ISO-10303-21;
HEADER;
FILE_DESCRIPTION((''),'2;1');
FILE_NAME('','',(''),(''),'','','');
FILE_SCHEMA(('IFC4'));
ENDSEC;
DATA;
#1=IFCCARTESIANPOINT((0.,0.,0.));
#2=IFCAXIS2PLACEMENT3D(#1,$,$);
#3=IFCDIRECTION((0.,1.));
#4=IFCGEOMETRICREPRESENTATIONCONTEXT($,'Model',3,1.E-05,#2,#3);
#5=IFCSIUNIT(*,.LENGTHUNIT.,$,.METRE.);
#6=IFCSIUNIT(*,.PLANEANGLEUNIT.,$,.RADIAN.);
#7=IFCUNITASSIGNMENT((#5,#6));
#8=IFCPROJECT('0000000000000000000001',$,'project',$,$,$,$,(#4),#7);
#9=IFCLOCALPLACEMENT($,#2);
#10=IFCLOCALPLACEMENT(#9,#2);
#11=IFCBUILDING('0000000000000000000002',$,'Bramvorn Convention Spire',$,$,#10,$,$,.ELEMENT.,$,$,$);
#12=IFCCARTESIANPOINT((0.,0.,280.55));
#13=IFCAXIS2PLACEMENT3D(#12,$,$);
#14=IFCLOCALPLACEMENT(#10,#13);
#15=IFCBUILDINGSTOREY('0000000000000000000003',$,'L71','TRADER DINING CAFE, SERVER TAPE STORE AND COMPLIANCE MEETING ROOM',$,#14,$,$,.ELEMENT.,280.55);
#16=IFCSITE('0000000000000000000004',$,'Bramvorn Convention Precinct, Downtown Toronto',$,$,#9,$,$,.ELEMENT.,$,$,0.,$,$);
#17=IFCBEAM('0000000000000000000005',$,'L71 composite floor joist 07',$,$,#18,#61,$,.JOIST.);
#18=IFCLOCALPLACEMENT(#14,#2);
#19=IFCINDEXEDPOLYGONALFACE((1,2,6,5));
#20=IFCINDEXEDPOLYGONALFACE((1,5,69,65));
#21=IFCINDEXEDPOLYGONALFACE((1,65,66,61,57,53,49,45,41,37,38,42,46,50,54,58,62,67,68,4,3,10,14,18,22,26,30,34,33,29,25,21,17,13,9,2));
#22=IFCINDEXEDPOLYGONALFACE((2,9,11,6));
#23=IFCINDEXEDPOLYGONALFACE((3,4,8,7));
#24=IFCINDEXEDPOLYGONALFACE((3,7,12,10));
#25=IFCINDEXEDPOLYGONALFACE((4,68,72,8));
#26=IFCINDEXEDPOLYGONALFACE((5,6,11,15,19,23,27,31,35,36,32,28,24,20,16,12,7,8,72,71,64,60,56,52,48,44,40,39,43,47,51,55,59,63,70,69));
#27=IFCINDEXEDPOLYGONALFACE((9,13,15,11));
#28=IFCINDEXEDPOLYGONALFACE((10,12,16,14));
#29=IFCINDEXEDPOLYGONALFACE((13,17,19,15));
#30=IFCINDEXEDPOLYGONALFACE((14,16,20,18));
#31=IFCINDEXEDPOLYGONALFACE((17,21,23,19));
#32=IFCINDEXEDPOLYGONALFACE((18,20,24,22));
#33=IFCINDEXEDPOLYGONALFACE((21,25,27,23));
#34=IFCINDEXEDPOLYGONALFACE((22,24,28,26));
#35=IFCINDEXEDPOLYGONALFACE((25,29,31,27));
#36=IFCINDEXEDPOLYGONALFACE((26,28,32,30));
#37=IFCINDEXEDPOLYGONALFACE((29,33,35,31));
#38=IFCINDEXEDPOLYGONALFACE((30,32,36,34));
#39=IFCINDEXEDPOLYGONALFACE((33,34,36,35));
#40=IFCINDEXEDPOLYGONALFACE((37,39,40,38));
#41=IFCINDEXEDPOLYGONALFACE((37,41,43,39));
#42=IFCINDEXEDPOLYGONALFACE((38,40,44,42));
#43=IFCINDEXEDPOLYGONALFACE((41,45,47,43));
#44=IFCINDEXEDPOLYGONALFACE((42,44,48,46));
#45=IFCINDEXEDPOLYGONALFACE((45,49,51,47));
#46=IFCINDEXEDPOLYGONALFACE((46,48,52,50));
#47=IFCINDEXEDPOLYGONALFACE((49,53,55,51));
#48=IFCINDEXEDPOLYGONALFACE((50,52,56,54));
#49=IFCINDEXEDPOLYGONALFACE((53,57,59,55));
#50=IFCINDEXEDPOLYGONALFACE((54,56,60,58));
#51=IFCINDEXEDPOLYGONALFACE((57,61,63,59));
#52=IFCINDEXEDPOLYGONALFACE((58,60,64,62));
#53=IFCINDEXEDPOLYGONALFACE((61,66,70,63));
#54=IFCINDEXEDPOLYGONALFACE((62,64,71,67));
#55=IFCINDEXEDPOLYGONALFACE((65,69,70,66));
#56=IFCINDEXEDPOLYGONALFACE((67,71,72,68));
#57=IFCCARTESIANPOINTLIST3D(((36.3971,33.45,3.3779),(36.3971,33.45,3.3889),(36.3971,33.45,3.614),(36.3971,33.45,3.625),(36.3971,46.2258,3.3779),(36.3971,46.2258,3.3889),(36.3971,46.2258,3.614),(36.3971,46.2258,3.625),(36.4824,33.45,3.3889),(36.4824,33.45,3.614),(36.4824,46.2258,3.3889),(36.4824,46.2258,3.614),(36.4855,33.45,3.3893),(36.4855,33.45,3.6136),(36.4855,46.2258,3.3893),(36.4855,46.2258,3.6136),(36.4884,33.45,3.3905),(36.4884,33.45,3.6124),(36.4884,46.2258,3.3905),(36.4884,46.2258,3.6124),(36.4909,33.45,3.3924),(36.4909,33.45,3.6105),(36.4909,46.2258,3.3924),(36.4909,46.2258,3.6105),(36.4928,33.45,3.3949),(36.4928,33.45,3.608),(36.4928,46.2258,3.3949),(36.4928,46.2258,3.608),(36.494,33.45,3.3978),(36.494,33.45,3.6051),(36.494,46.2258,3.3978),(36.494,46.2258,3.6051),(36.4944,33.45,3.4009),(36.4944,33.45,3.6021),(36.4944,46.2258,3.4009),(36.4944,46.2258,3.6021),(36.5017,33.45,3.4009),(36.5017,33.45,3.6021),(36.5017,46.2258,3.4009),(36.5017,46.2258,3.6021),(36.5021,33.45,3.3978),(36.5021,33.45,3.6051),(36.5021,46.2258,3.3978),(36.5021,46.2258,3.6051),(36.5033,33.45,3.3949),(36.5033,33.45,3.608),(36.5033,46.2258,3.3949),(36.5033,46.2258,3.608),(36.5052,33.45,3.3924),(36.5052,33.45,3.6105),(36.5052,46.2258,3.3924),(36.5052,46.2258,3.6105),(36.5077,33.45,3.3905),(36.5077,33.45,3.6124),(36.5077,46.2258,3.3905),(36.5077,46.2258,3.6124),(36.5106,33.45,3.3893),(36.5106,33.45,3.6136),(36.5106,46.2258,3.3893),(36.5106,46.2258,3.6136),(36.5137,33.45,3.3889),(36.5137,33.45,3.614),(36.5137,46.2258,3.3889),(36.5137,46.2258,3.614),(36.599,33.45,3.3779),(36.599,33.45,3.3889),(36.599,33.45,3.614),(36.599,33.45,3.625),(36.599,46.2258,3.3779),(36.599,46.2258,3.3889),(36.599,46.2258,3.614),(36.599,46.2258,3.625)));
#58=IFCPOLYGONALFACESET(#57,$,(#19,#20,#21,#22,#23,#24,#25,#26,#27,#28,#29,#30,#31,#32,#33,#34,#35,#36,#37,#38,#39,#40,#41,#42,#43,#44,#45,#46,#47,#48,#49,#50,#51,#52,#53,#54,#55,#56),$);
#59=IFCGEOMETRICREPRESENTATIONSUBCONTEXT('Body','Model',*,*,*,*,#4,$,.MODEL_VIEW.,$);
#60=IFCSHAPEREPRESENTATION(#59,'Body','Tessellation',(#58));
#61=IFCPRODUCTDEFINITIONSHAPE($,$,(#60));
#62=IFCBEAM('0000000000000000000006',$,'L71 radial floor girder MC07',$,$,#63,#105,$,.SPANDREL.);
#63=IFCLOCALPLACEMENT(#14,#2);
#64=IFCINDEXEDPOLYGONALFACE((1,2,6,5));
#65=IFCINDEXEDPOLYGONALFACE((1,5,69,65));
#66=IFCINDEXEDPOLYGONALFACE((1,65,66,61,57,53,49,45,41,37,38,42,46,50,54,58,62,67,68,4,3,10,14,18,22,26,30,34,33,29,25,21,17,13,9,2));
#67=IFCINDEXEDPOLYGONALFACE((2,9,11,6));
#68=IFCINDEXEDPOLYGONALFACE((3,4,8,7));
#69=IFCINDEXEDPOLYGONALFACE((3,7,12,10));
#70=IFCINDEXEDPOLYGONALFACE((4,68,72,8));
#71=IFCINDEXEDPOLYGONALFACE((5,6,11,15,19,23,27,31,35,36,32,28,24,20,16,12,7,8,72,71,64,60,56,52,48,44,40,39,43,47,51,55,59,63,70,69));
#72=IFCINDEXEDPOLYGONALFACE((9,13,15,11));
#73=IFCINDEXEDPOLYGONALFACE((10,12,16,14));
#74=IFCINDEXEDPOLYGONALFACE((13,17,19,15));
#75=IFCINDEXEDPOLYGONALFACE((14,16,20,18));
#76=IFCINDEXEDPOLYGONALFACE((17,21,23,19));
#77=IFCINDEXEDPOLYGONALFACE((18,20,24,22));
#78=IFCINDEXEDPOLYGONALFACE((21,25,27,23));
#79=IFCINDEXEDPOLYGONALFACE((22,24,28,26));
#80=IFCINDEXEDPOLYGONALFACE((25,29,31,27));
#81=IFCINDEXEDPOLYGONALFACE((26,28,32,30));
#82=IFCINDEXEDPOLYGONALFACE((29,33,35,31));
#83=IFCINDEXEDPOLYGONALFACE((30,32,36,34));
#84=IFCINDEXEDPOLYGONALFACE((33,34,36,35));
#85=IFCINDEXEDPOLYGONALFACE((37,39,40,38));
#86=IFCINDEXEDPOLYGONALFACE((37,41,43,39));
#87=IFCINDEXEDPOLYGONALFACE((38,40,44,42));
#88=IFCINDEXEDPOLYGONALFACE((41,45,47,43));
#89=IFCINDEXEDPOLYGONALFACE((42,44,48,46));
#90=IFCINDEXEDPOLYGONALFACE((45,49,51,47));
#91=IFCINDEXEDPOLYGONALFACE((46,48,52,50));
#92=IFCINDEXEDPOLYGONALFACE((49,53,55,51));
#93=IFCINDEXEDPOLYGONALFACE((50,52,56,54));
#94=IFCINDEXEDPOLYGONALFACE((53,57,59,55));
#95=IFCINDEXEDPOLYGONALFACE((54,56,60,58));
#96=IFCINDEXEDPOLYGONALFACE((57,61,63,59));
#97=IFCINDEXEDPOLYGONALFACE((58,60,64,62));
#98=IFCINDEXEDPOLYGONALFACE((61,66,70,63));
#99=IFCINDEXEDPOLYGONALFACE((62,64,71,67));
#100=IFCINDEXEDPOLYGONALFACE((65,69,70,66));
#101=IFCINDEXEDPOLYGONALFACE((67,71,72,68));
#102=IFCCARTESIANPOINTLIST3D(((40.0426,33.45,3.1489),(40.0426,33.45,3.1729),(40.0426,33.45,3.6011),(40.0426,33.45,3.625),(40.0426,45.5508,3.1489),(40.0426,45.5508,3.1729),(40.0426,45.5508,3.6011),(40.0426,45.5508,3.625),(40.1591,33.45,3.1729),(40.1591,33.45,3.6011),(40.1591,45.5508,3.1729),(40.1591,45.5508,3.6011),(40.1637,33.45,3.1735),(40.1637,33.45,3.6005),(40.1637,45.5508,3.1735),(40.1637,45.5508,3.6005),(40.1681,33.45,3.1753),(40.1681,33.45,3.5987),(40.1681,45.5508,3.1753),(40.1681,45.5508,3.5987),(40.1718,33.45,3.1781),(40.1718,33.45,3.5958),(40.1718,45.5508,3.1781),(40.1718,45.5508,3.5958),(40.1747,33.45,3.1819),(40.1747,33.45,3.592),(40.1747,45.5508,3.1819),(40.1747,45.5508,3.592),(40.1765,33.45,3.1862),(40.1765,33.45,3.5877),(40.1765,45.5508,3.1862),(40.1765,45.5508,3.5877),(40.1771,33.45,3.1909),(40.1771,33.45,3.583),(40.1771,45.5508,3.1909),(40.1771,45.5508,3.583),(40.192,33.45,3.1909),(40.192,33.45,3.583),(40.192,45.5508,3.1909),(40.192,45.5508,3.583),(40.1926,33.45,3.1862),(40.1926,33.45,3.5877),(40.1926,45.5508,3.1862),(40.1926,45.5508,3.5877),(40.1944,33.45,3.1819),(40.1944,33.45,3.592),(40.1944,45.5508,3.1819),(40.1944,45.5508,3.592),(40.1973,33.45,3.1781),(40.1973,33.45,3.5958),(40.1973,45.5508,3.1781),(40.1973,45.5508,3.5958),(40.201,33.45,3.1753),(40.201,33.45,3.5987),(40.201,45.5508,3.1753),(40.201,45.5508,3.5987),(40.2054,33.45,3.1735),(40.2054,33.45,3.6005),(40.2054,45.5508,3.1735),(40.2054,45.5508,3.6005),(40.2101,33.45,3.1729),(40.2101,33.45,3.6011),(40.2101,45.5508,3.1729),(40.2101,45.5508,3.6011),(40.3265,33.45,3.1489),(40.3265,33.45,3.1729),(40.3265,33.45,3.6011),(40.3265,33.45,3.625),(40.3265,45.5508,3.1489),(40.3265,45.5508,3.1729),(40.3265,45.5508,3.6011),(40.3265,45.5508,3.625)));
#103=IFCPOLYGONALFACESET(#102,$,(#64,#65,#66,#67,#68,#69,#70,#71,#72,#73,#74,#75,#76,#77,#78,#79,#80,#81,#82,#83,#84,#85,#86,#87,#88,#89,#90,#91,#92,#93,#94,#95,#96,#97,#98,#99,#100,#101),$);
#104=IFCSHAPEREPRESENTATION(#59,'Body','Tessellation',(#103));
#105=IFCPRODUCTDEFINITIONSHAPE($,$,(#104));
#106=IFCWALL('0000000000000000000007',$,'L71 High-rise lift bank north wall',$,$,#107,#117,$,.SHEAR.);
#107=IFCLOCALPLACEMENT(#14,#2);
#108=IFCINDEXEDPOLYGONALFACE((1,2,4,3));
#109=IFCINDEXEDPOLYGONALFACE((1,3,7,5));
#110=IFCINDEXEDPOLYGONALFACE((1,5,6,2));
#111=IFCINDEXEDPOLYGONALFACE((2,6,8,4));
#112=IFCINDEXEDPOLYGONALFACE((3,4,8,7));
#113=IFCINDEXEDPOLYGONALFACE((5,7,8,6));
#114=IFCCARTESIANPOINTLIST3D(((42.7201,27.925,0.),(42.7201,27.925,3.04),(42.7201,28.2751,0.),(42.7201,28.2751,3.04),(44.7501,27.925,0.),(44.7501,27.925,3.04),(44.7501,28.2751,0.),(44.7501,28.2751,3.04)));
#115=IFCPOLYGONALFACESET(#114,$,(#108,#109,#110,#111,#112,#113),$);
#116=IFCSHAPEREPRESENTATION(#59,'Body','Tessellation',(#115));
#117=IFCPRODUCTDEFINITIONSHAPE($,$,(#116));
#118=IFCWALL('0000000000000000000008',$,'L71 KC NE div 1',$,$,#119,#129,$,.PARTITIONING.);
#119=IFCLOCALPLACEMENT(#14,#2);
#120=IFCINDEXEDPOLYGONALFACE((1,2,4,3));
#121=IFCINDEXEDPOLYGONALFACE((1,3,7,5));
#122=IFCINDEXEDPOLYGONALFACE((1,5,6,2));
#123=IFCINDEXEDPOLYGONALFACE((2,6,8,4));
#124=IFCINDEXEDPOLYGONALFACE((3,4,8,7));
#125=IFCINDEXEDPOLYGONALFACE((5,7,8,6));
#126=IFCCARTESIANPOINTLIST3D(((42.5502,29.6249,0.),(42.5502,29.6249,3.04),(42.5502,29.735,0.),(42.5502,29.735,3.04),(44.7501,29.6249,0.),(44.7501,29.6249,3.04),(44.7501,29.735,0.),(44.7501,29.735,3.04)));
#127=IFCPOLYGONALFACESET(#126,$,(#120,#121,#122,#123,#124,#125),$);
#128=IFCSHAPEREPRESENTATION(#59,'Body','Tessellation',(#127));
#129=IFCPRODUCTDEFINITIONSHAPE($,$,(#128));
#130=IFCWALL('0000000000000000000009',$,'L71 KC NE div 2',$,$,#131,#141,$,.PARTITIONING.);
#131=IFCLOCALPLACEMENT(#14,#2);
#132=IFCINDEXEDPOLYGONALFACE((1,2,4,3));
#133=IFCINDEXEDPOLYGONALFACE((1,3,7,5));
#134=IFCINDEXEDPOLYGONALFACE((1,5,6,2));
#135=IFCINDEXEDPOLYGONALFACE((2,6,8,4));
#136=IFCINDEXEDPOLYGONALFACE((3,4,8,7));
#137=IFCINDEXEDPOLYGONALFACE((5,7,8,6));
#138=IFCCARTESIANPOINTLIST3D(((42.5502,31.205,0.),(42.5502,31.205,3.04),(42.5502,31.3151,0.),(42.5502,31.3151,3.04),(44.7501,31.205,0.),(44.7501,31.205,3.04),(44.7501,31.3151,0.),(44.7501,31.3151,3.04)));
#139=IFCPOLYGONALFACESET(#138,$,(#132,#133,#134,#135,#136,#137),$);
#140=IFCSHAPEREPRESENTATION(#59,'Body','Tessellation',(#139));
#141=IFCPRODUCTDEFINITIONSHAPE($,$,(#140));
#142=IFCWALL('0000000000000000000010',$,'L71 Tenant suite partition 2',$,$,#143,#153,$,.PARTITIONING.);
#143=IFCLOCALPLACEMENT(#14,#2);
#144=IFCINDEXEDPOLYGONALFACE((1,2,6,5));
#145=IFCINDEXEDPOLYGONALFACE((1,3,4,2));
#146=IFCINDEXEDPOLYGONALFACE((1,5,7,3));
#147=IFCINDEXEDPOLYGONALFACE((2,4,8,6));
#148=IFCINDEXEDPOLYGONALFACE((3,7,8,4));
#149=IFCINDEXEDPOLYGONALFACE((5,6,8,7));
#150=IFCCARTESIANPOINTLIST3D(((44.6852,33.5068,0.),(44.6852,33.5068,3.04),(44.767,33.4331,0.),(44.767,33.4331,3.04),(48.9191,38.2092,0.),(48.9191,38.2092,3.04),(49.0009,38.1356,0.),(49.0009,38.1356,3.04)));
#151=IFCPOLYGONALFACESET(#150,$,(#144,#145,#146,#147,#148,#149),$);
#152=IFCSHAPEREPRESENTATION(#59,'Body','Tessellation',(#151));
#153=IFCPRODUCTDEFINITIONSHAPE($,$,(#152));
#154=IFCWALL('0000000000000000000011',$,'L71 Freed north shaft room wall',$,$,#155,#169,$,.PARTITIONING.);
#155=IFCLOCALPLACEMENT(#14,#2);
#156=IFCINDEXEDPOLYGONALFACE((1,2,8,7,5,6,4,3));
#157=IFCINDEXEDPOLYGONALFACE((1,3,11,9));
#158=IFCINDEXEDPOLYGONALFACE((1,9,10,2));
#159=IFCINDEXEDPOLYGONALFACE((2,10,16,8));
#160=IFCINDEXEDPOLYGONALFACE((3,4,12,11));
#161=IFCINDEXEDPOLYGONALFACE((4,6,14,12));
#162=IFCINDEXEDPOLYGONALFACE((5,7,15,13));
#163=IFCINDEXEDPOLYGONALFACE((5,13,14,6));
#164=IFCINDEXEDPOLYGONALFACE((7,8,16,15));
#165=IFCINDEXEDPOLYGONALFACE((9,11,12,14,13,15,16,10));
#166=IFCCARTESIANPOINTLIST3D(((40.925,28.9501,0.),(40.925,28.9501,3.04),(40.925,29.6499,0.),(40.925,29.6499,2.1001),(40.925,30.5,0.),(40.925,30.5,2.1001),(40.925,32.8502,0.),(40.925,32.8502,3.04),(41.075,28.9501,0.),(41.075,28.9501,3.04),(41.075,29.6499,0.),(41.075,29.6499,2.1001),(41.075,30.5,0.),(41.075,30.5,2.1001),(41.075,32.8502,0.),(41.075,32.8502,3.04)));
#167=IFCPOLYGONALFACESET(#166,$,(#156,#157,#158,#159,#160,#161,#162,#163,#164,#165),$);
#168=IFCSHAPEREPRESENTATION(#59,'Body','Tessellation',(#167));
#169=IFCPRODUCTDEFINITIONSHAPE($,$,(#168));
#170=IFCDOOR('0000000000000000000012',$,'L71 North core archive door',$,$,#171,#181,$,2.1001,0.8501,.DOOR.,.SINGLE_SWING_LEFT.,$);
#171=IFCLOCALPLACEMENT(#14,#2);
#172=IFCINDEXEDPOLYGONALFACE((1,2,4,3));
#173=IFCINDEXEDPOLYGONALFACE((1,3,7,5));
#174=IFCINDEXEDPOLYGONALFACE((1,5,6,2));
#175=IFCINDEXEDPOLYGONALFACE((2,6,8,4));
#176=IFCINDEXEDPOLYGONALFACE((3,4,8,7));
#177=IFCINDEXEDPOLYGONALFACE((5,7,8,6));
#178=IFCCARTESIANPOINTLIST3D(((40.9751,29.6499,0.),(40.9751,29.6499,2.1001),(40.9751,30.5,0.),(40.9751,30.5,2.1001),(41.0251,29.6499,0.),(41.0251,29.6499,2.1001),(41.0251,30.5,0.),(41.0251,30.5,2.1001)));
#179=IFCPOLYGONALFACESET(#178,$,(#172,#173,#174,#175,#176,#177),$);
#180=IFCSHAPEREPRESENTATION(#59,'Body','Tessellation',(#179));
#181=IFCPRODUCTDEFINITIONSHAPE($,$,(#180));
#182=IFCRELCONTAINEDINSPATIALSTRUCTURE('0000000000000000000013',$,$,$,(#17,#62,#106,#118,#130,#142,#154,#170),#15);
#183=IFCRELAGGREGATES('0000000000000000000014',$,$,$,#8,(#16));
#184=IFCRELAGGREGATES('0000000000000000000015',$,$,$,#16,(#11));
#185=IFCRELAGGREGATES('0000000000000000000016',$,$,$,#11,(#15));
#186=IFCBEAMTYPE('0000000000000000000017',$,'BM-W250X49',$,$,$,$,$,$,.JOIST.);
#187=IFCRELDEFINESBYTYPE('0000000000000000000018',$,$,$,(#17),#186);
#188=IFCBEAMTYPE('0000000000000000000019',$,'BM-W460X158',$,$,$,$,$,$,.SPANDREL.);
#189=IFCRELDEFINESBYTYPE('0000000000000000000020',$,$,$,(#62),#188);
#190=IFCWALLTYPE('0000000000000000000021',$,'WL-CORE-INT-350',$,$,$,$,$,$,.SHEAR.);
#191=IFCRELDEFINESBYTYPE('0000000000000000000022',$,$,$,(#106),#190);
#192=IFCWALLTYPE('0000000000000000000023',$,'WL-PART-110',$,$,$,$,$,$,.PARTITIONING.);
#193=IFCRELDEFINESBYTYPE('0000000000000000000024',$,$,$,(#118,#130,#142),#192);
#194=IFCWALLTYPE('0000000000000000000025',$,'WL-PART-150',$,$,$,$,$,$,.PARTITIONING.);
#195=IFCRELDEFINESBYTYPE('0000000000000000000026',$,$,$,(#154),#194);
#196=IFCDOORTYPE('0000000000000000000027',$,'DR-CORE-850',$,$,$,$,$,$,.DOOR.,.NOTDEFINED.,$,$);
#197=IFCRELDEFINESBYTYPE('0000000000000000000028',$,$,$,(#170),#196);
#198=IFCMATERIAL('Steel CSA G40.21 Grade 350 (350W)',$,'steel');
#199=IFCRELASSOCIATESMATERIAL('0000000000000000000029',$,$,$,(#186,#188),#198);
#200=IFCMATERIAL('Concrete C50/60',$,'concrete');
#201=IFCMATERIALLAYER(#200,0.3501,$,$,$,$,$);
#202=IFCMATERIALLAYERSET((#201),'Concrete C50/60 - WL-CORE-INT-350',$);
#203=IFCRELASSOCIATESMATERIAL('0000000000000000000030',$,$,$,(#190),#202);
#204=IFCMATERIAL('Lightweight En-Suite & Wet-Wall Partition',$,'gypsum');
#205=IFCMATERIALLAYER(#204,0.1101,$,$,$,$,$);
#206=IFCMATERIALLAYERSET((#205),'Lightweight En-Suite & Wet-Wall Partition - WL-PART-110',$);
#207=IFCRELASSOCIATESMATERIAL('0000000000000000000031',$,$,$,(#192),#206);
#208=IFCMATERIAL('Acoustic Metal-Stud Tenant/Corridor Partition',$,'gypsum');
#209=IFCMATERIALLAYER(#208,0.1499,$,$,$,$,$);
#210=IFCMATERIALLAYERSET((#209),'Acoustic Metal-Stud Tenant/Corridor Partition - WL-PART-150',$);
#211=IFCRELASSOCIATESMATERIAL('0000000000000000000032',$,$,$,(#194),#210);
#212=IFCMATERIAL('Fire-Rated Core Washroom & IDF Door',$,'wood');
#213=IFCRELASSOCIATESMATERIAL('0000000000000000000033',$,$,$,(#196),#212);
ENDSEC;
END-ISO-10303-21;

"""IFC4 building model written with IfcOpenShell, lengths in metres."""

from ifc_helpers import new_model, si_unit, direction, frame, frame_2d, origin, origin_2d, place, context, subcontext, project, spatial, rectangle, i_section, extrude, material, layer, layer_set, material_profile, profile_set, type_object, element, fill, save


model = new_model("IFC4")

# Units and contexts
model_context = context("Model", 3, precision=1e-05, world=origin(), true_north=direction((0.0, 1.0)))
body_context = subcontext(model_context, "Body", "Model", "MODEL_VIEW")
ifc_project = project(units=[si_unit("LENGTHUNIT", "METRE"), si_unit("PLANEANGLEUNIT", "RADIAN")], contexts=[model_context])

# Site, building, storey
site_placement = place(None, origin())
site = spatial("IfcSite", under=ifc_project, at=site_placement, Name="Bramvorn Convention Precinct, Downtown Toronto", CompositionType="ELEMENT", RefElevation=0.0)
building_placement = place(site_placement, origin())
building = spatial("IfcBuilding", under=site, at=building_placement, Name="Bramvorn Convention Spire", CompositionType="ELEMENT")
storey_placement = place(building_placement, frame((0.0, 0.0, 280.55)))
storey = spatial("IfcBuildingStorey", under=building, at=storey_placement, Name="L71", Description="TRADER DINING CAFE, SERVER TAPE STORE AND COMPLIANCE MEETING ROOM", CompositionType="ELEMENT", Elevation=280.55)

# Beams
ifc_material_1 = material(Name="Steel CSA G40.21 Grade 350 (350W)", Category="steel")
ifc_material_profile_1 = material_profile(ifc_material_1, i_section(OverallWidth=0.2019, OverallDepth=0.2471, WebThickness=0.0073, FlangeThickness=0.011, FilletRadius=0.012, at=origin_2d()))
ifc_profile_set_1 = profile_set([ifc_material_profile_1], Name="Steel CSA G40.21 Grade 350 (350W) - W250X49")
beam_type_1 = type_object("IfcBeamType", Name="BM-W250X49", PredefinedType="JOIST", material=ifc_profile_set_1)
beam_1_placement = place(storey_placement, frame((36.498, 33.45, 3.5015), z_axis=(0.0, 1.0, 0.0), x_axis=(-1.0, 0.0, 0.0)))
element("IfcBeam", 1, at=beam_1_placement, inside=storey, type_object=beam_type_1, Name="L71 composite floor joist 07", PredefinedType="JOIST", context=body_context, shape_type="SweptSolid", body=[
    extrude(i_section(OverallWidth=0.2019, OverallDepth=0.2471, WebThickness=0.0073, FlangeThickness=0.011, FilletRadius=0.012, at=origin_2d()), origin(), (0.0, 0.0, 1.0), 12.7759),
])
ifc_material_profile_2 = material_profile(ifc_material_1, i_section(OverallWidth=0.2839, OverallDepth=0.4761, WebThickness=0.0149, FlangeThickness=0.0239, FilletRadius=0.0181, at=origin_2d()))
ifc_profile_set_2 = profile_set([ifc_material_profile_2], Name="Steel CSA G40.21 Grade 350 (350W) - W460X158")
beam_type_2 = type_object("IfcBeamType", Name="BM-W460X158", PredefinedType="SPANDREL", material=ifc_profile_set_2)
beam_2_placement = place(storey_placement, frame((40.1846, 33.45, 3.387), z_axis=(0.0, 1.0, 0.0), x_axis=(-1.0, 0.0, 0.0)))
element("IfcBeam", 2, at=beam_2_placement, inside=storey, type_object=beam_type_2, Name="L71 radial floor girder MC07", PredefinedType="SPANDREL", context=body_context, shape_type="SweptSolid", body=[
    extrude(i_section(OverallWidth=0.2839, OverallDepth=0.4761, WebThickness=0.0149, FlangeThickness=0.0239, FilletRadius=0.0181, at=origin_2d()), origin(), (0.0, 0.0, 1.0), 12.1008),
])

# Shared definitions
ifc_material_2 = material(Name="Concrete C50/60", Category="concrete")
ifc_layer_1 = layer(ifc_material_2, 0.3501)
ifc_layer_set_1 = layer_set([ifc_layer_1], Name="Concrete C50/60 - WL-CORE-INT-350")
wall_type_1 = type_object("IfcWallType", Name="WL-CORE-INT-350", PredefinedType="SHEAR", material=ifc_layer_set_1)

# Walls
wall_1_placement = place(storey_placement, frame((42.72, 28.1001, 0.0), z_axis=(0.0, 0.0, 1.0), x_axis=(1.0, 0.0, 0.0)))
element("IfcWall", 3, at=wall_1_placement, inside=storey, type_object=wall_type_1, Name="L71 High-rise lift bank north wall", PredefinedType="SHEAR", context=body_context, shape_type="SweptSolid", body=[
    extrude(rectangle(XDim=2.03, YDim=0.3501, at=frame_2d((1.0151, 0.0))), origin(), (0.0, 0.0, 1.0), 3.04),
])
ifc_material_3 = material(Name="Lightweight En-Suite & Wet-Wall Partition", Category="gypsum")
ifc_layer_2 = layer(ifc_material_3, 0.1101)
ifc_layer_set_2 = layer_set([ifc_layer_2], Name="Lightweight En-Suite & Wet-Wall Partition - WL-PART-110")
wall_type_2 = type_object("IfcWallType", Name="WL-PART-110", PredefinedType="PARTITIONING", material=ifc_layer_set_2)
for number, where, z_axis, x_axis, name in (
    (4, (42.55, 29.6799, 0.0), (0.0, 0.0, 1.0), (1.0, 0.0, 0.0), "L71 KC NE div 1"),
    (5, (42.55, 31.26, 0.0), (0.0, 0.0, 1.0), (1.0, 0.0, 0.0), "L71 KC NE div 2"),
):
    element("IfcWall", number, at=place(storey_placement, frame(where, z_axis=z_axis, x_axis=x_axis)), inside=storey, type_object=wall_type_2, Name=name, PredefinedType="PARTITIONING", context=body_context, shape_type="SweptSolid", body=[
        extrude(rectangle(XDim=2.2, YDim=0.1101, at=frame_2d((1.1001, 0.0))), origin(), (0.0, 0.0, 1.0), 3.04),
    ])
wall_2_placement = place(storey_placement, frame((44.7261, 33.47, 0.0), z_axis=(0.0, 0.0, 1.0), x_axis=(0.669116, 0.743158, 0.0)))
element("IfcWall", 6, at=wall_2_placement, inside=storey, type_object=wall_type_2, Name="L71 Tenant suite partition 2", PredefinedType="PARTITIONING", context=body_context, shape_type="SweptSolid", body=[
    extrude(rectangle(XDim=6.3276, YDim=0.1101, at=frame_2d((3.1638, 0.0))), origin(), (0.0, 0.0, 1.0), 3.04),
])

# Wall, opening, door
ifc_material_4 = material(Name="Acoustic Metal-Stud Tenant/Corridor Partition", Category="gypsum")
ifc_layer_3 = layer(ifc_material_4, 0.1499)
ifc_layer_set_3 = layer_set([ifc_layer_3], Name="Acoustic Metal-Stud Tenant/Corridor Partition - WL-PART-150")
wall_type_3 = type_object("IfcWallType", Name="WL-PART-150", PredefinedType="PARTITIONING", material=ifc_layer_set_3)
wall_3_placement = place(storey_placement, frame((41.0, 28.95, 0.0), z_axis=(0.0, 0.0, 1.0), x_axis=(0.0, 1.0, 0.0)))
wall_3 = element("IfcWall", 7, at=wall_3_placement, inside=storey, type_object=wall_type_3, Name="L71 Freed north shaft room wall", PredefinedType="PARTITIONING", context=body_context, shape_type="SweptSolid", body=[
    extrude(rectangle(XDim=3.9001, YDim=0.1499, at=frame_2d((1.9502, 0.0))), origin(), (0.0, 0.0, 1.0), 3.04),
])
opening_1_placement = place(wall_3_placement, frame((0.7, 0.0, 0.0)))
opening_1 = element("IfcOpeningElement", 8, at=opening_1_placement, cuts=wall_3, PredefinedType="OPENING", context=body_context, shape_type="SweptSolid", body=[
    extrude(rectangle(XDim=0.8501, YDim=2.1001, at=frame_2d((0.425, 1.05))), frame((0.0, 0.085, 0.0), z_axis=(0.0, -1.0, 0.0), x_axis=(1.0, 0.0, 0.0)), (0.0, 0.0, 1.0), 0.1699),
])
ifc_material_5 = material(Name="Fire-Rated Core Washroom & IDF Door", Category="wood")
door_type_1 = type_object("IfcDoorType", Name="DR-CORE-850", OperationType="NOTDEFINED", PredefinedType="DOOR", material=ifc_material_5)
door_1_placement = place(opening_1_placement, origin())
door_1 = element("IfcDoor", 9, at=door_1_placement, inside=storey, type_object=door_type_1, Name="L71 North core archive door", OperationType="SINGLE_SWING_LEFT", OverallHeight=2.1001, OverallWidth=0.8501, PredefinedType="DOOR", context=body_context, shape_type="SweptSolid", body=[
    extrude(rectangle(XDim=0.8501, YDim=2.1001, at=frame_2d((0.425, 1.05))), frame((0.0, 0.0249, 0.0), z_axis=(0.0, -1.0, 0.0), x_axis=(1.0, 0.0, 0.0)), (0.0, 0.0, 1.0), 0.05),
])
fill(opening_1, door_1)

save(model, "model.ifc")
